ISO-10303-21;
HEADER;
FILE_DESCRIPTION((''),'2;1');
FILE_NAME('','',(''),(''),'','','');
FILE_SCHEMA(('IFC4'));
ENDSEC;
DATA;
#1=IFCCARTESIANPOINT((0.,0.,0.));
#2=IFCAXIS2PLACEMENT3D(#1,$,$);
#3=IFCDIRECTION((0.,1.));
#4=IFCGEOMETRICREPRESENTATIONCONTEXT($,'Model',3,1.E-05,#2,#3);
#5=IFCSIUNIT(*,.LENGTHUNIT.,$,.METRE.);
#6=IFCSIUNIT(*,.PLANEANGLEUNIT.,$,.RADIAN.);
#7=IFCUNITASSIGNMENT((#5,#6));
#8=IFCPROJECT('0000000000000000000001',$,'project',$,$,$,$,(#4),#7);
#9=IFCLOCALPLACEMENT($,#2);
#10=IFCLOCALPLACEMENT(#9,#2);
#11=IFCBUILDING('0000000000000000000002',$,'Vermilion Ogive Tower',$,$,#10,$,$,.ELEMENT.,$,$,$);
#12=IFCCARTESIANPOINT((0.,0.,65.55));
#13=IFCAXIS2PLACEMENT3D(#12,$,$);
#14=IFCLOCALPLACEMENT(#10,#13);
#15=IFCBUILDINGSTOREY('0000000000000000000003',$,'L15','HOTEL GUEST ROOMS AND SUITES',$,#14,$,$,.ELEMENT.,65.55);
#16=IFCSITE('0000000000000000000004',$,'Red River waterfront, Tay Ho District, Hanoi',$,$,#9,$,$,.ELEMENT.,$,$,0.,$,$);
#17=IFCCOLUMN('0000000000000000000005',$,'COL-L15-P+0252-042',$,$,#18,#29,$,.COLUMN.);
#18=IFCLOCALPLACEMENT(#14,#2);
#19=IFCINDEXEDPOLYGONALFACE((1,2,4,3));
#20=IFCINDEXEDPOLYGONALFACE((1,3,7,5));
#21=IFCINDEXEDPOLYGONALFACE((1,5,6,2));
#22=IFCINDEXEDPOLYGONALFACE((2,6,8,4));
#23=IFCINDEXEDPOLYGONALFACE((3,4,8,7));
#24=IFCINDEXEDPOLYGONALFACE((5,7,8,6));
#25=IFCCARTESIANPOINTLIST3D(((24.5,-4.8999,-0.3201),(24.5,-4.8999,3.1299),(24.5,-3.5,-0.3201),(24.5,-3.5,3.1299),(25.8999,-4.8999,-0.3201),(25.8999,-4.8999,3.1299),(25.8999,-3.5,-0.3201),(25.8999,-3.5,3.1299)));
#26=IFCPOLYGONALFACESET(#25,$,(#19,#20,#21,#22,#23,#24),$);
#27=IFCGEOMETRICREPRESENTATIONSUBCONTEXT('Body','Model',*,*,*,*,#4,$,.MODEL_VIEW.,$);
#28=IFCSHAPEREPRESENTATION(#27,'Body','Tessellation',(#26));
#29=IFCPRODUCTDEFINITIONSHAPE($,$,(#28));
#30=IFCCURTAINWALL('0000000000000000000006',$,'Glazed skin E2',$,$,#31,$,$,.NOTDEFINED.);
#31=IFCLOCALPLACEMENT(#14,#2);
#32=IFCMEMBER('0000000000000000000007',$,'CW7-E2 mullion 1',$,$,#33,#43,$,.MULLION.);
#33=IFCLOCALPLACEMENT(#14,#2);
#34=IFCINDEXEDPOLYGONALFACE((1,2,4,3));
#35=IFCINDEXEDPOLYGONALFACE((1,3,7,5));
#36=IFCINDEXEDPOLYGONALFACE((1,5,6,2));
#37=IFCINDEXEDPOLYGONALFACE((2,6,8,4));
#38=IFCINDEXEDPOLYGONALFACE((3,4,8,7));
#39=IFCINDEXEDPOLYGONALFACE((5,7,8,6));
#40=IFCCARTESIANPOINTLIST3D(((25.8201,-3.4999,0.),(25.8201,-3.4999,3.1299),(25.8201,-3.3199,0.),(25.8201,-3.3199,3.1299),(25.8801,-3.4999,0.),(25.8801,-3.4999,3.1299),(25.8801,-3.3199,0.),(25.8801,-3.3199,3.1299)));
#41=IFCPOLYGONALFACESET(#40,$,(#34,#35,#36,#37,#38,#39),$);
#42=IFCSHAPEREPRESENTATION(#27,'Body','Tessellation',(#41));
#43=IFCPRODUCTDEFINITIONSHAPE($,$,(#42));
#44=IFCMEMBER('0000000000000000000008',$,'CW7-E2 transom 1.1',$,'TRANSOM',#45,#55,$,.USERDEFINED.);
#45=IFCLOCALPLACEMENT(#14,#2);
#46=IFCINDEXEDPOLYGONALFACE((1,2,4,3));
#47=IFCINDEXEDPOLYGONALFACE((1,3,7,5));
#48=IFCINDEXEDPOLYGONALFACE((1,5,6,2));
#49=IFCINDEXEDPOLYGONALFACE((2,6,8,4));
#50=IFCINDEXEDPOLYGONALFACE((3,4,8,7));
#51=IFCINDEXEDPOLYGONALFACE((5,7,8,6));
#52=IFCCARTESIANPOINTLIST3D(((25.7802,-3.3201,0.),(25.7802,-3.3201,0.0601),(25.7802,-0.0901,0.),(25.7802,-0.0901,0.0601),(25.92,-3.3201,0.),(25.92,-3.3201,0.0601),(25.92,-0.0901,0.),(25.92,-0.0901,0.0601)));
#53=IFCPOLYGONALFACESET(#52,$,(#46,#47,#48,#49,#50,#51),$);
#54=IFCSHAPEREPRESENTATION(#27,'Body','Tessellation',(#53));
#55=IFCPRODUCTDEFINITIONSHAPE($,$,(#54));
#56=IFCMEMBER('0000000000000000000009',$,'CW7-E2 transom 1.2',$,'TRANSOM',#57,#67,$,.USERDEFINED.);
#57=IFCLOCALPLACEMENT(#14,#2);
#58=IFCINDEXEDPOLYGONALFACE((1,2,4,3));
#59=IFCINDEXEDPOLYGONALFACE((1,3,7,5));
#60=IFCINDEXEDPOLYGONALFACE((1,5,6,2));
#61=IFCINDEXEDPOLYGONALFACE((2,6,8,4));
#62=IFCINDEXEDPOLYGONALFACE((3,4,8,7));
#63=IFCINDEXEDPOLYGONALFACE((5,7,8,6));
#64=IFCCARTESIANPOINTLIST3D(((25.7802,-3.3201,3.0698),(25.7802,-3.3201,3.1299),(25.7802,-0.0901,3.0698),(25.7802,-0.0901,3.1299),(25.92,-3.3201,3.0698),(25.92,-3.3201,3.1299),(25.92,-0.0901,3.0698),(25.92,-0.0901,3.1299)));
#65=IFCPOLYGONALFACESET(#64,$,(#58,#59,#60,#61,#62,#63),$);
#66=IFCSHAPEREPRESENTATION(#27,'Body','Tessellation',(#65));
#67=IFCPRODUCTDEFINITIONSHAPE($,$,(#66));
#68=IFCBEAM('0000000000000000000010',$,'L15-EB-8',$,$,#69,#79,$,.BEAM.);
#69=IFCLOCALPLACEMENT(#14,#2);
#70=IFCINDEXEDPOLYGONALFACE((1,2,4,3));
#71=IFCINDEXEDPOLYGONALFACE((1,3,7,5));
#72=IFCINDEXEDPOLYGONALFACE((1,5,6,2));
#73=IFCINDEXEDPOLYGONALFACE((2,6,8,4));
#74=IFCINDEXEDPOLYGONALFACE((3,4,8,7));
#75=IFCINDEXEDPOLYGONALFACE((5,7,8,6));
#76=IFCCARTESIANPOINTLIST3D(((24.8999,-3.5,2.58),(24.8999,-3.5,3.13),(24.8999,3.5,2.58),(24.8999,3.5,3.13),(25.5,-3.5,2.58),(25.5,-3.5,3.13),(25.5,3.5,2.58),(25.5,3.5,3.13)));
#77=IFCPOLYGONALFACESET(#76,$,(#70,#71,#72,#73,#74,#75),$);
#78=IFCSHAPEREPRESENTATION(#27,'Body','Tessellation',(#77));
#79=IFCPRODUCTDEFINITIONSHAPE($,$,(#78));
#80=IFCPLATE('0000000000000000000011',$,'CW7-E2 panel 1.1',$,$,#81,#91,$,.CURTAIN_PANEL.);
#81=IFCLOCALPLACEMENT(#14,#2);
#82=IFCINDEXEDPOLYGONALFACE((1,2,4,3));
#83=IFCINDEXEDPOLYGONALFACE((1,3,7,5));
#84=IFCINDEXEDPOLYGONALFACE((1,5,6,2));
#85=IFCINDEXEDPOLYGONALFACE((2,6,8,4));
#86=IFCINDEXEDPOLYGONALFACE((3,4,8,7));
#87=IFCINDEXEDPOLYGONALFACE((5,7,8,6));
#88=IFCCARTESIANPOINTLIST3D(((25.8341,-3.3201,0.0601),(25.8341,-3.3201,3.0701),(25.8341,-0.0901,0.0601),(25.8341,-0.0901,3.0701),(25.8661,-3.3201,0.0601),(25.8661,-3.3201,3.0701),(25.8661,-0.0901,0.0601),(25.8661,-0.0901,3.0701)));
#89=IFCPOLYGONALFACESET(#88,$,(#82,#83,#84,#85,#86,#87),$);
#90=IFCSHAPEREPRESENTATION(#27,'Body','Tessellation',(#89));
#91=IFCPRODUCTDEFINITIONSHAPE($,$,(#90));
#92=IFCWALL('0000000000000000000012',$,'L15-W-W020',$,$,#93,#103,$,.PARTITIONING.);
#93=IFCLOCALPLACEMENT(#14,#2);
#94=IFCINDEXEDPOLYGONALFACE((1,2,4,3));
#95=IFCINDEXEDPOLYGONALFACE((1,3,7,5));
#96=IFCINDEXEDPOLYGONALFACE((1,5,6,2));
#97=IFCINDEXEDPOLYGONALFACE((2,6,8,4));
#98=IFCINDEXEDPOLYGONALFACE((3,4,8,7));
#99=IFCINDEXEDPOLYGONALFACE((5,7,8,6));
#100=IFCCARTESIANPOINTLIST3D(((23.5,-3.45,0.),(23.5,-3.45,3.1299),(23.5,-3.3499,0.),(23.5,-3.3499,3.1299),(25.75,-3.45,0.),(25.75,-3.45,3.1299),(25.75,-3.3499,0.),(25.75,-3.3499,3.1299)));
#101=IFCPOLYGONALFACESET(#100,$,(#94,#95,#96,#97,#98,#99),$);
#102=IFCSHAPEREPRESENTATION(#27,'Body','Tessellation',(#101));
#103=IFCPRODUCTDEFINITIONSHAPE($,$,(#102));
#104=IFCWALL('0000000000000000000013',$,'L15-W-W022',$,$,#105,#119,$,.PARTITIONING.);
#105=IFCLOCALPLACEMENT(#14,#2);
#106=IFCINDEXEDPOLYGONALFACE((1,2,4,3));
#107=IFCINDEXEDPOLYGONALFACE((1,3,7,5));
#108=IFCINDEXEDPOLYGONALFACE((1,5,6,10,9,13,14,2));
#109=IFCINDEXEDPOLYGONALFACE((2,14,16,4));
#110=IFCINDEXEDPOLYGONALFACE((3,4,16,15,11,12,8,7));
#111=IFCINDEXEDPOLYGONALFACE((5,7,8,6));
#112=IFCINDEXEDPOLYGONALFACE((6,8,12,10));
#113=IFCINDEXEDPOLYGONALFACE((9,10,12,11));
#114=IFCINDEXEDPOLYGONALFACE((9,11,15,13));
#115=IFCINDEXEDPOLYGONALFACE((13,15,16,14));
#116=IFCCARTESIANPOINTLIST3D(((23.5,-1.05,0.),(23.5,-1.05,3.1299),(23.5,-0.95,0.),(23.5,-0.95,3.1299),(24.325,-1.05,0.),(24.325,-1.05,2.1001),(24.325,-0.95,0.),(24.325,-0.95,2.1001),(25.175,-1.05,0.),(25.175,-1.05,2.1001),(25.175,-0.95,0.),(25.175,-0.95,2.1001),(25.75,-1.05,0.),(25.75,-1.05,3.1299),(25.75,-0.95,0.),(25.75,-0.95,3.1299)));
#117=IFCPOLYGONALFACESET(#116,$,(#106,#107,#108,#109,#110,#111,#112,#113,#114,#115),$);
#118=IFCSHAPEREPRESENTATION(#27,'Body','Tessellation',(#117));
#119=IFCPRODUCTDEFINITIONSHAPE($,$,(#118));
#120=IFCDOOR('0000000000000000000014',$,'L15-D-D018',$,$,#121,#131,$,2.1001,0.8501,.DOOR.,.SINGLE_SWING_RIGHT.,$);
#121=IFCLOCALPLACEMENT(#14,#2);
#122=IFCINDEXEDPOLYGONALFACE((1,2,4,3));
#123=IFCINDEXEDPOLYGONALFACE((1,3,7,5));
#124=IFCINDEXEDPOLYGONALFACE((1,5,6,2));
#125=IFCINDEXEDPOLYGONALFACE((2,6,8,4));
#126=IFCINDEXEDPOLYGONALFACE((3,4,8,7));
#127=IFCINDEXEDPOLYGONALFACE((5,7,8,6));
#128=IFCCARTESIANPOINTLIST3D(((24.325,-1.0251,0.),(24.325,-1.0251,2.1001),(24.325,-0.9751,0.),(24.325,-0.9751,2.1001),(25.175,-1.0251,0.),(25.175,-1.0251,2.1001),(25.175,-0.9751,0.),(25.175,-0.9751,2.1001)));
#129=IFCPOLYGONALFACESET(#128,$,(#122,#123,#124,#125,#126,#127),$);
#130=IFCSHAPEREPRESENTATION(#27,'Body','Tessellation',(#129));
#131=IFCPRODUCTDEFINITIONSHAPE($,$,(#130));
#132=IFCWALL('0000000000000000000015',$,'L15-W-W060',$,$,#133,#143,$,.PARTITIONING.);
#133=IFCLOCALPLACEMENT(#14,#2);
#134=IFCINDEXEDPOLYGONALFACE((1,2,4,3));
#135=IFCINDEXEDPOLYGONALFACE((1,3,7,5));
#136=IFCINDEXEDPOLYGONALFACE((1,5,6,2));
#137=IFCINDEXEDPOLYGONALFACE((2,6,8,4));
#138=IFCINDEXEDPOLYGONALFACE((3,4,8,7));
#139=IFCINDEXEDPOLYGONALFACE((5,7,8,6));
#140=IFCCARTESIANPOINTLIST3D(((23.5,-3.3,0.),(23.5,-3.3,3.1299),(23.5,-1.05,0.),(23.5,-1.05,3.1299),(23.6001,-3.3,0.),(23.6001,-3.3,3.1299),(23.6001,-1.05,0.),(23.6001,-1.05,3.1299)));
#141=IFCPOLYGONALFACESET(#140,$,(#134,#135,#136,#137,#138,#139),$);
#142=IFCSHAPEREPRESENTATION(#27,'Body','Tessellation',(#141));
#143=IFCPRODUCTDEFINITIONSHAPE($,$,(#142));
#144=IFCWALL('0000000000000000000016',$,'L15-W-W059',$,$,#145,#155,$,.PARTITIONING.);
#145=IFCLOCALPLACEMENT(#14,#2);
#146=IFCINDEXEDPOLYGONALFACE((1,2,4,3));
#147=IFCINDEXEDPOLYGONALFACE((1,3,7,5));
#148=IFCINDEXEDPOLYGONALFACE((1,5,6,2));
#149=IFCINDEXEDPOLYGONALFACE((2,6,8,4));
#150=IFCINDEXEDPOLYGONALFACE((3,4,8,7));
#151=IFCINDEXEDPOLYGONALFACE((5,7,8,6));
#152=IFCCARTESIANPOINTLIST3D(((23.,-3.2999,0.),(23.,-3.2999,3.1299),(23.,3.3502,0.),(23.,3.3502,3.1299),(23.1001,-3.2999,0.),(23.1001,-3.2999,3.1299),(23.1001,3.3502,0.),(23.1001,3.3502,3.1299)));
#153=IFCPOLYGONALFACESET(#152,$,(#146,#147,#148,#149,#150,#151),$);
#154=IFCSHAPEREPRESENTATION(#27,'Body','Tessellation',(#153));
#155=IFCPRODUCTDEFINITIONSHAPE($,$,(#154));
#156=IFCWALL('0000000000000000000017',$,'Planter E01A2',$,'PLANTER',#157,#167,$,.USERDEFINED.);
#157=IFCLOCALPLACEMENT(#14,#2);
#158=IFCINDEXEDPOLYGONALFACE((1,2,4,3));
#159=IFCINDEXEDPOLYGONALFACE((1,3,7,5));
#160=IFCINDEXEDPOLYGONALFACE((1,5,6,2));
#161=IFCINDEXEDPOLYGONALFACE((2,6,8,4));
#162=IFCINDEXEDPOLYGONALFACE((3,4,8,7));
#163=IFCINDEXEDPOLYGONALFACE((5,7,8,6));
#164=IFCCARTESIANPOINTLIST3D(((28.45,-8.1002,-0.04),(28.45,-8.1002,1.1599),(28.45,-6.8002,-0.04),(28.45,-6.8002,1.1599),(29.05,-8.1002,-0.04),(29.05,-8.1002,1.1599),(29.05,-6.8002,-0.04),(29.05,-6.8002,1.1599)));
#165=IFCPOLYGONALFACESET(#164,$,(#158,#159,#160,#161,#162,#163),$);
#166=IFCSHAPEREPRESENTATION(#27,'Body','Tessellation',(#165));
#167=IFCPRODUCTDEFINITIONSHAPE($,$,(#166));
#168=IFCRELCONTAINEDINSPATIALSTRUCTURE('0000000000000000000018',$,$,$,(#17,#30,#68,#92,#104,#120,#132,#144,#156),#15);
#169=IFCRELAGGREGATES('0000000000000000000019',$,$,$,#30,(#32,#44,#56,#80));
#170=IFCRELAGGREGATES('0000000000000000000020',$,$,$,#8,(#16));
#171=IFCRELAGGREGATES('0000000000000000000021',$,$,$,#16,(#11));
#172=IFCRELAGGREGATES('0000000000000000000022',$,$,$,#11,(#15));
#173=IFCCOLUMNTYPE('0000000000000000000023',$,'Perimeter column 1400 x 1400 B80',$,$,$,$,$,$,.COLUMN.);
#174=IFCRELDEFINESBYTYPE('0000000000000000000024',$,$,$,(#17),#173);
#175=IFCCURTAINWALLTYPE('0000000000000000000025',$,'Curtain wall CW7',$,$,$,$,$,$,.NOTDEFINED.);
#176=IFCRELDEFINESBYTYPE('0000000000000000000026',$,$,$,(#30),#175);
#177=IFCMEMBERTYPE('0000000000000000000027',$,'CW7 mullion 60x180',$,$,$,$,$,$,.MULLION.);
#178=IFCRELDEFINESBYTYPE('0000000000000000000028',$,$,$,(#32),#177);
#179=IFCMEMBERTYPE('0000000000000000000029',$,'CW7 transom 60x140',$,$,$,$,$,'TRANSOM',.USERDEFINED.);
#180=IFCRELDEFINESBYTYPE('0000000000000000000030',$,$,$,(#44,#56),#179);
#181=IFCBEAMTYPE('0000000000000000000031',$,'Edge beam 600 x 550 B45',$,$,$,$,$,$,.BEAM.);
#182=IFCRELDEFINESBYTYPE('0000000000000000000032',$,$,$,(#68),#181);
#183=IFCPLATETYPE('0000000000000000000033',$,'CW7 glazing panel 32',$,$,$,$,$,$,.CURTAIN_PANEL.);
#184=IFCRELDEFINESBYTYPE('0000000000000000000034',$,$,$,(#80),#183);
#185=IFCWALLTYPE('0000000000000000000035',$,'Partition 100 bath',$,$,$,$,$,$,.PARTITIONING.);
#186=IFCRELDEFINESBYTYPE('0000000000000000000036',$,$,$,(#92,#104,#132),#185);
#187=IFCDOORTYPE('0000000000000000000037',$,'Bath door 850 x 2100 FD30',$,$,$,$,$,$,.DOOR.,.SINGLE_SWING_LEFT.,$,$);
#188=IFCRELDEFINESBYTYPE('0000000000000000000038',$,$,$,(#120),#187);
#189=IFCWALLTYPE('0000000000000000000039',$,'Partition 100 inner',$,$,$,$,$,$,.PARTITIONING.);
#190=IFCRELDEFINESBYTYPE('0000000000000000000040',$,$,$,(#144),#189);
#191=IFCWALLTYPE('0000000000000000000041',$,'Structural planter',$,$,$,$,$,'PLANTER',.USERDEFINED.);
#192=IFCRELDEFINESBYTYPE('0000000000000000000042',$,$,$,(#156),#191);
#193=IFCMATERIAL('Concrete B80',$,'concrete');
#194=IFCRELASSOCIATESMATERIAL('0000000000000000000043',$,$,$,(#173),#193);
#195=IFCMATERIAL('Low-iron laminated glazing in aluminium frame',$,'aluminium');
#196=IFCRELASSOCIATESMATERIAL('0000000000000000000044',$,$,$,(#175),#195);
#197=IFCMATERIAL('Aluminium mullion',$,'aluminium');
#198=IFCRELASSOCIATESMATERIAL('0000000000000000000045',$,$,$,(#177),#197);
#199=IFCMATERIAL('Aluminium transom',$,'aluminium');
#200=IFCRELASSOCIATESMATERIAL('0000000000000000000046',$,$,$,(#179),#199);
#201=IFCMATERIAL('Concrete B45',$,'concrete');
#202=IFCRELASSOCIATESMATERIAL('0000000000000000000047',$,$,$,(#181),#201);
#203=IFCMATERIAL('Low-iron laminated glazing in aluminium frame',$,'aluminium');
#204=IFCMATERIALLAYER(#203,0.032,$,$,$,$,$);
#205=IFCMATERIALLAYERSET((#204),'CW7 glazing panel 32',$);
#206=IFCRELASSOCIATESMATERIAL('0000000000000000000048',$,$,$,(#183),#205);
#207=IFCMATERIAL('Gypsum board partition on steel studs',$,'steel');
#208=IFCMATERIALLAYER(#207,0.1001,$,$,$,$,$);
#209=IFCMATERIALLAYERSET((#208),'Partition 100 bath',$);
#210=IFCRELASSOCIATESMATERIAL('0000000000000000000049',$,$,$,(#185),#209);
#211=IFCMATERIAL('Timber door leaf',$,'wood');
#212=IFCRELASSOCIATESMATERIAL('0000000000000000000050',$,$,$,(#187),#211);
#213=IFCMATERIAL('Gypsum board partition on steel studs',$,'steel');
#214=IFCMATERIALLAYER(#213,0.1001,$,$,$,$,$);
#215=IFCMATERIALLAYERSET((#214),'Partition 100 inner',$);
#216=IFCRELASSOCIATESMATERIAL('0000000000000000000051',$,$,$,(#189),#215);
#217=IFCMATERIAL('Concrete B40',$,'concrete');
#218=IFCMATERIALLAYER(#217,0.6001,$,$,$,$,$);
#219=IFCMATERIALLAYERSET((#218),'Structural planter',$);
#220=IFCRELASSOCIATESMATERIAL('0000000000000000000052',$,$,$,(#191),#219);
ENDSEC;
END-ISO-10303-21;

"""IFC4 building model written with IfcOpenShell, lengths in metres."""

from ifc_helpers import new_model, si_unit, direction, frame, frame_2d, origin, origin_2d, place, context, subcontext, project, spatial, rectangle, extrude, material, layer, layer_set, material_profile, profile_set, type_object, element, fill, aggregate, save


model = new_model("IFC4")

# Units and contexts
model_context = context("Model", 3, precision=1e-05, world=origin(), true_north=direction((0.0, 1.0)))
body_context = subcontext(model_context, "Body", "Model", "MODEL_VIEW")
ifc_project = project(units=[si_unit("LENGTHUNIT", "METRE"), si_unit("PLANEANGLEUNIT", "RADIAN")], contexts=[model_context])

# Site, building, storey
site_placement = place(None, origin())
site = spatial("IfcSite", under=ifc_project, at=site_placement, Name="Red River waterfront, Tay Ho District, Hanoi", CompositionType="ELEMENT", RefElevation=0.0)
building_placement = place(site_placement, origin())
building = spatial("IfcBuilding", under=site, at=building_placement, Name="Vermilion Ogive Tower", CompositionType="ELEMENT")
storey_placement = place(building_placement, frame((0.0, 0.0, 65.55)))
storey = spatial("IfcBuildingStorey", under=building, at=storey_placement, Name="L15", Description="HOTEL GUEST ROOMS AND SUITES", CompositionType="ELEMENT", Elevation=65.55)

# Column
ifc_material_1 = material(Name="Concrete B80", Category="concrete")
ifc_material_profile_1 = material_profile(ifc_material_1, rectangle(XDim=1.3999, YDim=1.3999, at=origin_2d()), Name="1400 x 1400")
ifc_profile_set_1 = profile_set([ifc_material_profile_1], Name="Concrete B80")
column_type = type_object("IfcColumnType", Name="Perimeter column 1400 x 1400 B80", PredefinedType="COLUMN", material=ifc_profile_set_1)
column_placement = place(storey_placement, frame((25.2, -4.2, -0.3201), z_axis=(0.0, 0.0, 1.0), x_axis=(1.0, 0.0, 0.0)))
element("IfcColumn", 1, at=column_placement, inside=storey, type_object=column_type, Name="COL-L15-P+0252-042", PredefinedType="COLUMN", context=body_context, shape_type="SweptSolid", body=[
    extrude(rectangle(XDim=1.3999, YDim=1.3999, at=origin_2d()), origin(), (0.0, 0.0, 1.0), 3.45),
])

# Curtain wall, members
ifc_material_2 = material(Name="Low-iron laminated glazing in aluminium frame", Category="aluminium")
curtain_wall_type = type_object("IfcCurtainWallType", Name="Curtain wall CW7", PredefinedType="NOTDEFINED", material=ifc_material_2)
curtain_wall_placement = place(storey_placement, origin())
curtain_wall = element("IfcCurtainWall", 2, at=curtain_wall_placement, inside=storey, type_object=curtain_wall_type, Name="Glazed skin E2", PredefinedType="NOTDEFINED")
ifc_material_3 = material(Name="Aluminium mullion", Category="aluminium")
ifc_material_profile_2 = material_profile(ifc_material_3, rectangle(XDim=0.0601, YDim=0.1799, at=origin_2d()), Name="AL 60x180")
ifc_profile_set_2 = profile_set([ifc_material_profile_2], Name="Aluminium mullion")
member_type_1 = type_object("IfcMemberType", Name="CW7 mullion 60x180", PredefinedType="MULLION", material=ifc_profile_set_2)
member_1_placement = place(storey_placement, frame((25.8501, -3.4099, 0.0), z_axis=(0.0, 0.0, 1.0), x_axis=(-1.0, 0.0, 0.0)))
member_1 = element("IfcMember", 3, at=member_1_placement, type_object=member_type_1, Name="CW7-E2 mullion 1", PredefinedType="MULLION", context=body_context, shape_type="SweptSolid", body=[
    extrude(rectangle(XDim=0.0601, YDim=0.1799, at=origin_2d()), origin(), (0.0, 0.0, 1.0), 3.1299),
])
ifc_material_4 = material(Name="Aluminium transom", Category="aluminium")
ifc_material_profile_3 = material_profile(ifc_material_4, rectangle(XDim=0.1399, YDim=0.0601, at=origin_2d()), Name="AL 60x140")
ifc_profile_set_3 = profile_set([ifc_material_profile_3], Name="Aluminium transom")
member_type_2 = type_object("IfcMemberType", Name="CW7 transom 60x140", ElementType="TRANSOM", PredefinedType="USERDEFINED", material=ifc_profile_set_3)
member_2_placement = place(storey_placement, frame((25.8501, -3.3201, 0.03), z_axis=(0.0, 1.0, 0.0), x_axis=(-1.0, 0.0, 0.0)))
member_2 = element("IfcMember", 4, at=member_2_placement, type_object=member_type_2, Name="CW7-E2 transom 1.1", ObjectType="TRANSOM", PredefinedType="USERDEFINED", context=body_context, shape_type="SweptSolid", body=[
    extrude(rectangle(XDim=0.1399, YDim=0.0601, at=origin_2d()), origin(), (0.0, 0.0, 1.0), 3.23),
])
member_3_placement = place(storey_placement, frame((25.8501, -3.3201, 3.0999), z_axis=(0.0, 1.0, 0.0), x_axis=(-1.0, 0.0, 0.0)))
member_3 = element("IfcMember", 5, at=member_3_placement, type_object=member_type_2, Name="CW7-E2 transom 1.2", ObjectType="TRANSOM", PredefinedType="USERDEFINED", context=body_context, shape_type="SweptSolid", body=[
    extrude(rectangle(XDim=0.1399, YDim=0.0601, at=origin_2d()), origin(), (0.0, 0.0, 1.0), 3.23),
])

# Beam
ifc_material_5 = material(Name="Concrete B45", Category="concrete")
ifc_material_profile_4 = material_profile(ifc_material_5, rectangle(XDim=0.6001, YDim=0.55, at=origin_2d()), Name="600 x 550")
ifc_profile_set_4 = profile_set([ifc_material_profile_4], Name="Concrete B45")
beam_type = type_object("IfcBeamType", Name="Edge beam 600 x 550 B45", PredefinedType="BEAM", material=ifc_profile_set_4)
beam_placement = place(storey_placement, frame((25.2, -3.5, 2.855), z_axis=(0.0, 1.0, 0.0), x_axis=(-1.0, 0.0, 0.0)))
element("IfcBeam", 6, at=beam_placement, inside=storey, type_object=beam_type, Name="L15-EB-8", PredefinedType="BEAM", context=body_context, shape_type="SweptSolid", body=[
    extrude(rectangle(XDim=0.6001, YDim=0.55, at=origin_2d()), origin(), (0.0, 0.0, 1.0), 7.0),
])

# Plate
ifc_material_6 = material(Name="Low-iron laminated glazing in aluminium frame", Category="aluminium")
ifc_layer_1 = layer(ifc_material_6, 0.032)
ifc_layer_set_1 = layer_set([ifc_layer_1], Name="CW7 glazing panel 32")
plate_type = type_object("IfcPlateType", Name="CW7 glazing panel 32", PredefinedType="CURTAIN_PANEL", material=ifc_layer_set_1)
plate_placement = place(storey_placement, frame((25.8501, -1.7051, 0.0601), z_axis=(0.0, 0.0, 1.0), x_axis=(0.0, 1.0, 0.0)))
plate = element("IfcPlate", 7, at=plate_placement, type_object=plate_type, Name="CW7-E2 panel 1.1", PredefinedType="CURTAIN_PANEL", context=body_context, shape_type="SweptSolid", body=[
    extrude(rectangle(XDim=3.23, YDim=0.032, at=origin_2d()), origin(), (0.0, 0.0, 1.0), 3.01),
])
aggregate(curtain_wall, [member_1, member_2, member_3, plate])

# Wall
ifc_material_7 = material(Name="Gypsum board partition on steel studs", Category="steel")
ifc_layer_2 = layer(ifc_material_7, 0.1001)
ifc_layer_set_2 = layer_set([ifc_layer_2], Name="Partition 100 bath")
wall_type_1 = type_object("IfcWallType", Name="Partition 100 bath", PredefinedType="PARTITIONING", material=ifc_layer_set_2)
wall_1_placement = place(storey_placement, frame((23.5, -3.3999, 0.0), z_axis=(0.0, 0.0, 1.0), x_axis=(1.0, 0.0, 0.0)))
element("IfcWall", 8, at=wall_1_placement, inside=storey, type_object=wall_type_1, Name="L15-W-W020", PredefinedType="PARTITIONING", context=body_context, shape_type="SweptSolid", body=[
    extrude(rectangle(XDim=2.25, YDim=0.1001, at=frame_2d((1.125, 0.0))), origin(), (0.0, 0.0, 1.0), 3.1299),
])

# Wall, opening, door
wall_2_placement = place(storey_placement, frame((23.5, -1.0, 0.0), z_axis=(0.0, 0.0, 1.0), x_axis=(1.0, 0.0, 0.0)))
wall_2 = element("IfcWall", 9, at=wall_2_placement, inside=storey, type_object=wall_type_1, Name="L15-W-W022", PredefinedType="PARTITIONING", context=body_context, shape_type="SweptSolid", body=[
    extrude(rectangle(XDim=2.25, YDim=0.1001, at=frame_2d((1.125, 0.0))), origin(), (0.0, 0.0, 1.0), 3.1299),
])
opening_placement = place(wall_2_placement, frame((0.825, 0.0, 0.0)))
opening = element("IfcOpeningElement", 10, at=opening_placement, cuts=wall_2, PredefinedType="OPENING", context=body_context, shape_type="SweptSolid", body=[
    extrude(rectangle(XDim=0.8501, YDim=2.1001, at=frame_2d((0.425, 1.05))), frame((0.0, 0.0601, 0.0), z_axis=(0.0, -1.0, 0.0), x_axis=(1.0, 0.0, 0.0)), (0.0, 0.0, 1.0), 0.1201),
])
ifc_material_8 = material(Name="Timber door leaf", Category="wood")
door_type = type_object("IfcDoorType", Name="Bath door 850 x 2100 FD30", OperationType="SINGLE_SWING_LEFT", PredefinedType="DOOR", material=ifc_material_8)
door_placement = place(opening_placement, origin())
door = element("IfcDoor", 11, at=door_placement, inside=storey, type_object=door_type, Name="L15-D-D018", OperationType="SINGLE_SWING_RIGHT", OverallHeight=2.1001, OverallWidth=0.8501, PredefinedType="DOOR", context=body_context, shape_type="SweptSolid", body=[
    extrude(rectangle(XDim=0.8501, YDim=2.1001, at=frame_2d((0.425, 1.05))), frame((0.0, 0.0249, 0.0), z_axis=(0.0, -1.0, 0.0), x_axis=(1.0, 0.0, 0.0)), (0.0, 0.0, 1.0), 0.05),
])
fill(opening, door)

# Walls
wall_3_placement = place(storey_placement, frame((23.55, -3.3, 0.0), z_axis=(0.0, 0.0, 1.0), x_axis=(0.0, 1.0, 0.0)))
element("IfcWall", 12, at=wall_3_placement, inside=storey, type_object=wall_type_1, Name="L15-W-W060", PredefinedType="PARTITIONING", context=body_context, shape_type="SweptSolid", body=[
    extrude(rectangle(XDim=2.25, YDim=0.1001, at=frame_2d((1.125, 0.0))), origin(), (0.0, 0.0, 1.0), 3.1299),
])
ifc_material_9 = material(Name="Gypsum board partition on steel studs", Category="steel")
ifc_layer_3 = layer(ifc_material_9, 0.1001)
ifc_layer_set_3 = layer_set([ifc_layer_3], Name="Partition 100 inner")
wall_type_2 = type_object("IfcWallType", Name="Partition 100 inner", PredefinedType="PARTITIONING", material=ifc_layer_set_3)
wall_4_placement = place(storey_placement, frame((23.05, -3.3, 0.0), z_axis=(0.0, 0.0, 1.0), x_axis=(0.0, 1.0, 0.0)))
element("IfcWall", 13, at=wall_4_placement, inside=storey, type_object=wall_type_2, Name="L15-W-W059", PredefinedType="PARTITIONING", context=body_context, shape_type="SweptSolid", body=[
    extrude(rectangle(XDim=6.6501, YDim=0.1001, at=frame_2d((3.3252, 0.0))), origin(), (0.0, 0.0, 1.0), 3.1299),
])
ifc_material_10 = material(Name="Concrete B40", Category="concrete")
ifc_layer_4 = layer(ifc_material_10, 0.6001)
ifc_layer_set_4 = layer_set([ifc_layer_4], Name="Structural planter")
wall_type_3 = type_object("IfcWallType", Name="Structural planter", ElementType="PLANTER", PredefinedType="USERDEFINED", material=ifc_layer_set_4)
wall_5_placement = place(storey_placement, frame((28.75, -8.1001, -0.04), z_axis=(0.0, 0.0, 1.0), x_axis=(0.0, 1.0, 0.0)))
element("IfcWall", 14, at=wall_5_placement, inside=storey, type_object=wall_type_3, Name="Planter E01A2", ObjectType="PLANTER", PredefinedType="USERDEFINED", context=body_context, shape_type="SweptSolid", body=[
    extrude(rectangle(XDim=1.3, YDim=0.6001, at=frame_2d((0.6499, 0.0))), origin(), (0.0, 0.0, 1.0), 1.2),
])

save(model, "model.ifc")
